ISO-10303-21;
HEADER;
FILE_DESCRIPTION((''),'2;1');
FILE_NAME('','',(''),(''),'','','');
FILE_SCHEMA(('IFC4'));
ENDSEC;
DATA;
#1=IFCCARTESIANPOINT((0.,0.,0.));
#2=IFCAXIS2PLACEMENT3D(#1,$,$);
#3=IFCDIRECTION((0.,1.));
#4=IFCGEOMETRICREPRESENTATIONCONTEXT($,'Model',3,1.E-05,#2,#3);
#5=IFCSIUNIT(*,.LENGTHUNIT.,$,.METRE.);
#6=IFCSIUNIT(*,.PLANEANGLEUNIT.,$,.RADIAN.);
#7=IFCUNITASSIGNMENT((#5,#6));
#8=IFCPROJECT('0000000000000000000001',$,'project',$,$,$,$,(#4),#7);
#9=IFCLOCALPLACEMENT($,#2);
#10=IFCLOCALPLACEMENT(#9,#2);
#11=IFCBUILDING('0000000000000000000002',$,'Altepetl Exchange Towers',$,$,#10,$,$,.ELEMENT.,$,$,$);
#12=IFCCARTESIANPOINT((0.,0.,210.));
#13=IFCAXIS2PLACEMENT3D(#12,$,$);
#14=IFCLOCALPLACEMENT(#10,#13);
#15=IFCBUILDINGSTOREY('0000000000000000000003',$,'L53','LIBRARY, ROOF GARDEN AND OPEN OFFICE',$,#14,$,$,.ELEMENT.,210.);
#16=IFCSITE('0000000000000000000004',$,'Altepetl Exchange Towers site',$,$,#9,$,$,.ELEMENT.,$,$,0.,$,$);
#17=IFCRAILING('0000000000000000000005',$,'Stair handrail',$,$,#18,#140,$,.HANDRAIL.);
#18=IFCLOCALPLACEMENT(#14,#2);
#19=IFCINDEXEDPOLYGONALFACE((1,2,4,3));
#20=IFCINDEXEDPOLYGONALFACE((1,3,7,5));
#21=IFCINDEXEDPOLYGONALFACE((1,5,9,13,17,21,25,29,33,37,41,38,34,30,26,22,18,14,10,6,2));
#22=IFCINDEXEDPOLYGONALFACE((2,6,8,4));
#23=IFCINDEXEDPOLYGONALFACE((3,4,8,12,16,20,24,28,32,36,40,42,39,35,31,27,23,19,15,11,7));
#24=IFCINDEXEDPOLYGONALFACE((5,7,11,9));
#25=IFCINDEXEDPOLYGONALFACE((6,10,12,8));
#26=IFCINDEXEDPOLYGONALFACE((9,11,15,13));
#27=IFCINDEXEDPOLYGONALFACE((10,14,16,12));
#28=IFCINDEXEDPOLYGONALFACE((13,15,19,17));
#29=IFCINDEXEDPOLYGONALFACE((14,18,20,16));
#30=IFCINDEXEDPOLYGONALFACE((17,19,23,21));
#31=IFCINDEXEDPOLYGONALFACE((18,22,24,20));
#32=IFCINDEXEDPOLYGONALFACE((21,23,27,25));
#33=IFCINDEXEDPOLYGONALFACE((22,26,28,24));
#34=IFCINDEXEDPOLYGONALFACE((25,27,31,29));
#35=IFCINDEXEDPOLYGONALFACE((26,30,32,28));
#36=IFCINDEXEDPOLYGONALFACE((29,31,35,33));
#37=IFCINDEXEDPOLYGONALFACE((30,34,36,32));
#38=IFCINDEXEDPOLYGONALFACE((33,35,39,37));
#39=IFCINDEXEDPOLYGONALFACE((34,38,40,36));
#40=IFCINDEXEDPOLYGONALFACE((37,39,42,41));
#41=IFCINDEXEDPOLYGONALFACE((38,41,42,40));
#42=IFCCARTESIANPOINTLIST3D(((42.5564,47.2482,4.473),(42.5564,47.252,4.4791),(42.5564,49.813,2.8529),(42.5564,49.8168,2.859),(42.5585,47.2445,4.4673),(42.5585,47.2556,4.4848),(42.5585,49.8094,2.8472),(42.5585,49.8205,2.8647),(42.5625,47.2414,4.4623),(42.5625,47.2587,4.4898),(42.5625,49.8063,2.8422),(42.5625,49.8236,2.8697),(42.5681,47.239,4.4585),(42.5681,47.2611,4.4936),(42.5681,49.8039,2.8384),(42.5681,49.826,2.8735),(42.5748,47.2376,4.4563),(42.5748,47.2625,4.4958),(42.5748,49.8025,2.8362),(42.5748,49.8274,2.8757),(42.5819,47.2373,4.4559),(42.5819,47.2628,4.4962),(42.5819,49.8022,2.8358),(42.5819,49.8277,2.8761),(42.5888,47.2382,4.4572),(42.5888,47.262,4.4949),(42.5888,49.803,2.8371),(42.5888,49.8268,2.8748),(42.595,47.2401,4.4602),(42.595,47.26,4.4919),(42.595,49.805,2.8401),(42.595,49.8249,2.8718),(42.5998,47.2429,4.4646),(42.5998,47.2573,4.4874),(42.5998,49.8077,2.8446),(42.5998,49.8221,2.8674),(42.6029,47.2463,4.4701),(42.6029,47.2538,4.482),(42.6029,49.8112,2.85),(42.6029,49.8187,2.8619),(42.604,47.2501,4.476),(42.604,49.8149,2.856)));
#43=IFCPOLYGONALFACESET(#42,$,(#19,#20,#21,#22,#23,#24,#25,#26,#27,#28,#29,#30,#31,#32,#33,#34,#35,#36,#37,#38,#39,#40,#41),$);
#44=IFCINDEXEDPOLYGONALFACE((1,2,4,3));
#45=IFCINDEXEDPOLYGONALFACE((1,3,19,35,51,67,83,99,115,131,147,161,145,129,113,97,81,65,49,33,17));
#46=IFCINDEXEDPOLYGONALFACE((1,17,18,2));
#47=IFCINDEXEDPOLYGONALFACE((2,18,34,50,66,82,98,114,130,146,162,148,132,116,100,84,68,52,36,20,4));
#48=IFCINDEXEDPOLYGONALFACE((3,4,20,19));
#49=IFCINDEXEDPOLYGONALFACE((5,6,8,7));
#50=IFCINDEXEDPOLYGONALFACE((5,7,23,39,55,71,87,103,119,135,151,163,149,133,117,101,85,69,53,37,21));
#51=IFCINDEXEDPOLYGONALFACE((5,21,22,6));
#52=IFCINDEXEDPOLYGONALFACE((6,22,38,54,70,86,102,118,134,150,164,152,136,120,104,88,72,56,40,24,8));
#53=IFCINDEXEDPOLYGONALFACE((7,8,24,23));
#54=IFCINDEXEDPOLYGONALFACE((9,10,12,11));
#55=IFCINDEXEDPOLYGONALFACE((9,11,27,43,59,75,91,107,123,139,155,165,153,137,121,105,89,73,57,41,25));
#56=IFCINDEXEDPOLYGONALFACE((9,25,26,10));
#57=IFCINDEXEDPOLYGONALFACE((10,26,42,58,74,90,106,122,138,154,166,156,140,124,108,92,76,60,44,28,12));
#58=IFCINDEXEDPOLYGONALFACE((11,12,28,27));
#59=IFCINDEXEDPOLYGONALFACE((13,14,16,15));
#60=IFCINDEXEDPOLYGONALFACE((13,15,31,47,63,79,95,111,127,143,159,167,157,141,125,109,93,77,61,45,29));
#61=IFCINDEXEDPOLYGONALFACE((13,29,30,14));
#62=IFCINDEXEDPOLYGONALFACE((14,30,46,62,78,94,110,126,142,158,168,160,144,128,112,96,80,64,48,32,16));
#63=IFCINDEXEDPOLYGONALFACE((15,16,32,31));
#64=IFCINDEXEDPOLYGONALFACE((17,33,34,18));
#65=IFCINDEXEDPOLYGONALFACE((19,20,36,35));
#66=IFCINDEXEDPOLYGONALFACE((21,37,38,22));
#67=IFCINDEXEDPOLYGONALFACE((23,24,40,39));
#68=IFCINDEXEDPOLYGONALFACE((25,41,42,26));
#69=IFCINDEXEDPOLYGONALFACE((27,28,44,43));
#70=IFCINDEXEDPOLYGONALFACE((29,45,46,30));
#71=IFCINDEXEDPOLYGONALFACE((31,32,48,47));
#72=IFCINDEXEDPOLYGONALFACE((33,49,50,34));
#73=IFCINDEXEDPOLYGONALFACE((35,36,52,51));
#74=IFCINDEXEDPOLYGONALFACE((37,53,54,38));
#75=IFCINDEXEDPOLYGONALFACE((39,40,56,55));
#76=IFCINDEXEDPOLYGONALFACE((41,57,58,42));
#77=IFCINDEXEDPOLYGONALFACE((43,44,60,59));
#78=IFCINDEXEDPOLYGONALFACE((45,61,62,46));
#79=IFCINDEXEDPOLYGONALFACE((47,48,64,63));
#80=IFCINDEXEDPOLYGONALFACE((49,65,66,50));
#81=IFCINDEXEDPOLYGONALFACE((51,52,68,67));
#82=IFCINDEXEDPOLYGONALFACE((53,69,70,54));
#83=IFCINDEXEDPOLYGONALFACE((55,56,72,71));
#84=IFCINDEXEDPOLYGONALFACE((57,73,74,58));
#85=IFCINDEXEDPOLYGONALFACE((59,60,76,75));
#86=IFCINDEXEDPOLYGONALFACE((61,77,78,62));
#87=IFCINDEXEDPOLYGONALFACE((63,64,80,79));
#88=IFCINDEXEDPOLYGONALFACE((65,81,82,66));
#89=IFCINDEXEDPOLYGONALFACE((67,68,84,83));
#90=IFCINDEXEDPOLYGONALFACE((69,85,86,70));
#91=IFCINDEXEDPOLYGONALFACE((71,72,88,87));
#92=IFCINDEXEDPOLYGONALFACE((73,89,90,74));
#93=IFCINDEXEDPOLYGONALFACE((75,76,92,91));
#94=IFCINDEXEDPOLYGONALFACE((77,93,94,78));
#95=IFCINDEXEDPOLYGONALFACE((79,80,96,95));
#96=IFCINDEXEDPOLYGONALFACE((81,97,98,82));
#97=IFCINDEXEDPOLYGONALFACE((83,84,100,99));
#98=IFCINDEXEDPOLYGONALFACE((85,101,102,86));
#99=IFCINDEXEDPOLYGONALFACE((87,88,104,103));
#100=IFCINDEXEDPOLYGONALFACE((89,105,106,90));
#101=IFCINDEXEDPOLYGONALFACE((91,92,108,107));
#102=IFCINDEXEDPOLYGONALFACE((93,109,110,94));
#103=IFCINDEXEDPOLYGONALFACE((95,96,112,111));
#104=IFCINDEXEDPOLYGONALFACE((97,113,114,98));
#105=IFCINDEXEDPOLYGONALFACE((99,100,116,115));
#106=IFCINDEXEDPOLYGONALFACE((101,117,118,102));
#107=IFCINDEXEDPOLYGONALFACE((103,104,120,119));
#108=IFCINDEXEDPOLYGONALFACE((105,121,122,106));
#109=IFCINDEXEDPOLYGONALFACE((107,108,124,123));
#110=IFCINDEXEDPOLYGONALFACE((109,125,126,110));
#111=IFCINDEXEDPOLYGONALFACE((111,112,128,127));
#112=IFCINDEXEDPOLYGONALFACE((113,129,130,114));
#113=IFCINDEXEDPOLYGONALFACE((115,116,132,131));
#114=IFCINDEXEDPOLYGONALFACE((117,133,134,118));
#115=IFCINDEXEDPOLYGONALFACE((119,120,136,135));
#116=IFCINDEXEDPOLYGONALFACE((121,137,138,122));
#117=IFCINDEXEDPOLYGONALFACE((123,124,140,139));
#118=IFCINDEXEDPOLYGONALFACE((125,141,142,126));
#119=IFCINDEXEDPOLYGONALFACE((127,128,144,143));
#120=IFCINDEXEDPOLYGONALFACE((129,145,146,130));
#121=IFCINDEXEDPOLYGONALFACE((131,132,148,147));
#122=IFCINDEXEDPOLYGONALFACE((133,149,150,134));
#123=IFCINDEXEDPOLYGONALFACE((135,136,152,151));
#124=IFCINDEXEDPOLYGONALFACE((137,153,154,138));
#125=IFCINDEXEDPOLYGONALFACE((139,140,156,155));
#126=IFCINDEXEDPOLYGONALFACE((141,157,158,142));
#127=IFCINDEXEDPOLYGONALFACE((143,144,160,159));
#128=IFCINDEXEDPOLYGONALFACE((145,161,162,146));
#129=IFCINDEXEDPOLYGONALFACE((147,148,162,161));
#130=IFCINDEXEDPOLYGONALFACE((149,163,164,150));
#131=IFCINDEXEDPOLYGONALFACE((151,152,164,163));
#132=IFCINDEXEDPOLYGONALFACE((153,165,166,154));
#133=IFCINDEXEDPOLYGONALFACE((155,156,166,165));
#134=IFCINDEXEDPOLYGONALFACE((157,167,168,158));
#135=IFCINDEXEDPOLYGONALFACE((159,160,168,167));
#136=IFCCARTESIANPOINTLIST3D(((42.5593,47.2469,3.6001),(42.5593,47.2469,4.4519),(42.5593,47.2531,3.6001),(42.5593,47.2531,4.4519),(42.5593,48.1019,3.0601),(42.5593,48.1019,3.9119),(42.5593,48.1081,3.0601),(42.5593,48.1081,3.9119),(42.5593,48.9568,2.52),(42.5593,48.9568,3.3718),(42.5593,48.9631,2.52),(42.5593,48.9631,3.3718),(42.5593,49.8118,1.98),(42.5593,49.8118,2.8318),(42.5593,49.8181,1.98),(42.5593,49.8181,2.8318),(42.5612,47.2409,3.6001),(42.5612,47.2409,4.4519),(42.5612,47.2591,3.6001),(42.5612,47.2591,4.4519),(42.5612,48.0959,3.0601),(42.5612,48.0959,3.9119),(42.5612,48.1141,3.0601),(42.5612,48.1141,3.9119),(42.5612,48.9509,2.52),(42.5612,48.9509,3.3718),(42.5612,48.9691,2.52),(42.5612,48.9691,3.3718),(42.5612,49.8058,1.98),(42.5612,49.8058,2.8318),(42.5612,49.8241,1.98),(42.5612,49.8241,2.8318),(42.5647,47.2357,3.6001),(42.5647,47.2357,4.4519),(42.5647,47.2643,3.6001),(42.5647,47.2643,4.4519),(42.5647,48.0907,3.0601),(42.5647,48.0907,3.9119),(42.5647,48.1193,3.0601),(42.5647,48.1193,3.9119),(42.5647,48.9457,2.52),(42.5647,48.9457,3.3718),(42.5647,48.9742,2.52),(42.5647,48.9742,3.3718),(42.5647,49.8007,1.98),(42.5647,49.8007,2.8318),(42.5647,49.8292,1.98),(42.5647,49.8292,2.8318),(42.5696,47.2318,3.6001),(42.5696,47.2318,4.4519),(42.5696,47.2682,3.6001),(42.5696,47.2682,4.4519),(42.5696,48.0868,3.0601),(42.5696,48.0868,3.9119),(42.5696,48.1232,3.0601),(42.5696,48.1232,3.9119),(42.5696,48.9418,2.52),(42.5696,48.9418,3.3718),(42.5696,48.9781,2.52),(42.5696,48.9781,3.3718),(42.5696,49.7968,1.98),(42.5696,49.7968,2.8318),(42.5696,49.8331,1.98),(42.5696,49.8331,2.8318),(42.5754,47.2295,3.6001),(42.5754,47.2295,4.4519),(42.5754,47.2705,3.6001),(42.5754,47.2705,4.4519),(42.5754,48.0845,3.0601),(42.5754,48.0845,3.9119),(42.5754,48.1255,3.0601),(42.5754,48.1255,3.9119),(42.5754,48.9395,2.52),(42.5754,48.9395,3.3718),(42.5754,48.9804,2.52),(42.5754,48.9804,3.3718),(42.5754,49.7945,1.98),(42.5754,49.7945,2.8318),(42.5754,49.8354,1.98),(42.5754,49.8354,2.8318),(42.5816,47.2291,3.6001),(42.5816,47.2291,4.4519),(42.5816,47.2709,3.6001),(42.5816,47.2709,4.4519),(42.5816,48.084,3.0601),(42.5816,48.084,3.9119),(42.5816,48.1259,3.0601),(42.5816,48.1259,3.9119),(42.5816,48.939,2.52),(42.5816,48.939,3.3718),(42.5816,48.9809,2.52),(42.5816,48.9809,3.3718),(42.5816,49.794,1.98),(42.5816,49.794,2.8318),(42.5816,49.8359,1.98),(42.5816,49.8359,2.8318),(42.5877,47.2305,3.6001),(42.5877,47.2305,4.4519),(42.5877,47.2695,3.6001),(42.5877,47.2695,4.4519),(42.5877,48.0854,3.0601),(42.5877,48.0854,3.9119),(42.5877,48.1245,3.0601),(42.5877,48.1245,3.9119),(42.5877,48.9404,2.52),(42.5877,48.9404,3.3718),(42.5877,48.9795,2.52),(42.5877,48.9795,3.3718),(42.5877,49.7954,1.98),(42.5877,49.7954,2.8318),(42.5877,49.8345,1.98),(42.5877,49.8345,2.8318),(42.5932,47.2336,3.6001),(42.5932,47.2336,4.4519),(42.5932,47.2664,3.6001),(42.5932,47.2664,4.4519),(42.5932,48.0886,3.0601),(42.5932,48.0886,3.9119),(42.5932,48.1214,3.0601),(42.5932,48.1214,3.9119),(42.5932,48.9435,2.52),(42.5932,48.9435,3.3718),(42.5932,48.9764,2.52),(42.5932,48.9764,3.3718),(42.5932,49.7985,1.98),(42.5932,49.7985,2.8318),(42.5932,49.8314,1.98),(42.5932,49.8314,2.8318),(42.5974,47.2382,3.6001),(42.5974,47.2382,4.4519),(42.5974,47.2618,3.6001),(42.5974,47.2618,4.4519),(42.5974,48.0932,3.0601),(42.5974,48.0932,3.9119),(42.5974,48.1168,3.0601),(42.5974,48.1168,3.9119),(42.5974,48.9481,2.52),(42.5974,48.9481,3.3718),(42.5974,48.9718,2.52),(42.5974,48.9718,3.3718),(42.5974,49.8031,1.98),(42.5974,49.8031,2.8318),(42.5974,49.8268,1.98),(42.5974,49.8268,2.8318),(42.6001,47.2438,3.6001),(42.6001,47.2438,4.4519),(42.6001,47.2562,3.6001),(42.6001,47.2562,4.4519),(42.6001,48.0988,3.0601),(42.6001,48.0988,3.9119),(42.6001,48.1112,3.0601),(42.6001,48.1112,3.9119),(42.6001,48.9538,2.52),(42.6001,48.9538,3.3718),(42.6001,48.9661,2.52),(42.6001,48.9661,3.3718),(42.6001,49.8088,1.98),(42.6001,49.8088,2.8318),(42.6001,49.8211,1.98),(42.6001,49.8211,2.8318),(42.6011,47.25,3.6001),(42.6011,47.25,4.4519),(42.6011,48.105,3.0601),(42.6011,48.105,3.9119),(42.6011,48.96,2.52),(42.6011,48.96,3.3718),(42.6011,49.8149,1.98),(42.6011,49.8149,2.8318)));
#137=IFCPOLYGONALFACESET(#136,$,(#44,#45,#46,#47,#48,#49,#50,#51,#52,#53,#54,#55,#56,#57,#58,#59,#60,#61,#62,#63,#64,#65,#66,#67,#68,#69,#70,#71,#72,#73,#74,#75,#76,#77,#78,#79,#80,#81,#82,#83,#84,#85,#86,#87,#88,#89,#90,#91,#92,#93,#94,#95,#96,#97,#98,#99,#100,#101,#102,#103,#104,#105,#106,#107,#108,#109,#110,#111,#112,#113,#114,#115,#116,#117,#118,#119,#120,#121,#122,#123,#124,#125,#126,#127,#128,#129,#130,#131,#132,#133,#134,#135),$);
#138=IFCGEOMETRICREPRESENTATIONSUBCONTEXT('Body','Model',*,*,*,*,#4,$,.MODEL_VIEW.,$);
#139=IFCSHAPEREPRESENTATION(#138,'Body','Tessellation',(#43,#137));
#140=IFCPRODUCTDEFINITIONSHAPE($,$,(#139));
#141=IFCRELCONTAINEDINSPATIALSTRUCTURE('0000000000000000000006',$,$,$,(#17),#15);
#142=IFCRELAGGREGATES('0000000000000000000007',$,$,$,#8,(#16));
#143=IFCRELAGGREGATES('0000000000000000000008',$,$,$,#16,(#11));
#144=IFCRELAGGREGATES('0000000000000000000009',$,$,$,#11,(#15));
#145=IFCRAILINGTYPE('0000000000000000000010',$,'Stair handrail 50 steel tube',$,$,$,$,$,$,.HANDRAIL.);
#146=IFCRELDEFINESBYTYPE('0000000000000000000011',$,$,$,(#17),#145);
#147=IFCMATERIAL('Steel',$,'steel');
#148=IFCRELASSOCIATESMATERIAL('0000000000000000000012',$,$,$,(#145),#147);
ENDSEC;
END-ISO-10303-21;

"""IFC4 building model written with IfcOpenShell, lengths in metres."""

from ifc_helpers import new_model, si_unit, direction, frame, origin, origin_2d, place, context, subcontext, project, spatial, circle, extrude, source, transform, mapped, material, type_object, element, save


model = new_model("IFC4")

# Units and contexts
model_context = context("Model", 3, precision=1e-05, world=origin(), true_north=direction((0.0, 1.0)))
body_context = subcontext(model_context, "Body", "Model", "MODEL_VIEW")
ifc_project = project(units=[si_unit("LENGTHUNIT", "METRE"), si_unit("PLANEANGLEUNIT", "RADIAN")], contexts=[model_context])

# Site, building, storey
site_placement = place(None, origin())
site = spatial("IfcSite", under=ifc_project, at=site_placement, Name="Altepetl Exchange Towers site", CompositionType="ELEMENT", RefElevation=0.0)
building_placement = place(site_placement, origin())
building = spatial("IfcBuilding", under=site, at=building_placement, Name="Altepetl Exchange Towers", CompositionType="ELEMENT")
storey_placement = place(building_placement, frame((0.0, 0.0, 210.0)))
storey = spatial("IfcBuildingStorey", under=building, at=storey_placement, Name="L53", Description="LIBRARY, ROOF GARDEN AND OPEN OFFICE", CompositionType="ELEMENT", Elevation=210.0)

# Railing
ifc_material_1 = material(Name="Steel", Category="steel")
railing_type = type_object("IfcRailingType", Name="Stair handrail 50 steel tube", PredefinedType="HANDRAIL", material=ifc_material_1)
shared_shape = source(origin(), body_context, "Body", "SweptSolid", [
    extrude(circle(Radius=0.021, at=origin_2d()), origin(), (0.0, 0.0, 1.0), 0.8518),
])
railing_1_placement = place(storey_placement, frame((42.5801, 49.8149, 1.98)))
element("IfcRailing", 1, at=railing_1_placement, inside=storey, type_object=railing_type, Name="Stair handrail", PredefinedType="HANDRAIL", context=body_context, shape_type="SweptSolid", body=[
    extrude(circle(Radius=0.0239, at=origin_2d()), frame((0.0, 0.0, 0.876), z_axis=(0.0, -0.845466, 0.534029), x_axis=(1.0, 0.0, 0.0)), (0.0, 0.0, 1.0), 3.0337),
    mapped(shared_shape, transform((0.0, 0.0, 0.0))),
    mapped(shared_shape, transform((0.0, -0.855, 0.54))),
    mapped(shared_shape, transform((0.0, -1.71, 1.0801))),
    mapped(shared_shape, transform((0.0, -2.5649, 1.6201))),
])

save(model, "model.ifc")
